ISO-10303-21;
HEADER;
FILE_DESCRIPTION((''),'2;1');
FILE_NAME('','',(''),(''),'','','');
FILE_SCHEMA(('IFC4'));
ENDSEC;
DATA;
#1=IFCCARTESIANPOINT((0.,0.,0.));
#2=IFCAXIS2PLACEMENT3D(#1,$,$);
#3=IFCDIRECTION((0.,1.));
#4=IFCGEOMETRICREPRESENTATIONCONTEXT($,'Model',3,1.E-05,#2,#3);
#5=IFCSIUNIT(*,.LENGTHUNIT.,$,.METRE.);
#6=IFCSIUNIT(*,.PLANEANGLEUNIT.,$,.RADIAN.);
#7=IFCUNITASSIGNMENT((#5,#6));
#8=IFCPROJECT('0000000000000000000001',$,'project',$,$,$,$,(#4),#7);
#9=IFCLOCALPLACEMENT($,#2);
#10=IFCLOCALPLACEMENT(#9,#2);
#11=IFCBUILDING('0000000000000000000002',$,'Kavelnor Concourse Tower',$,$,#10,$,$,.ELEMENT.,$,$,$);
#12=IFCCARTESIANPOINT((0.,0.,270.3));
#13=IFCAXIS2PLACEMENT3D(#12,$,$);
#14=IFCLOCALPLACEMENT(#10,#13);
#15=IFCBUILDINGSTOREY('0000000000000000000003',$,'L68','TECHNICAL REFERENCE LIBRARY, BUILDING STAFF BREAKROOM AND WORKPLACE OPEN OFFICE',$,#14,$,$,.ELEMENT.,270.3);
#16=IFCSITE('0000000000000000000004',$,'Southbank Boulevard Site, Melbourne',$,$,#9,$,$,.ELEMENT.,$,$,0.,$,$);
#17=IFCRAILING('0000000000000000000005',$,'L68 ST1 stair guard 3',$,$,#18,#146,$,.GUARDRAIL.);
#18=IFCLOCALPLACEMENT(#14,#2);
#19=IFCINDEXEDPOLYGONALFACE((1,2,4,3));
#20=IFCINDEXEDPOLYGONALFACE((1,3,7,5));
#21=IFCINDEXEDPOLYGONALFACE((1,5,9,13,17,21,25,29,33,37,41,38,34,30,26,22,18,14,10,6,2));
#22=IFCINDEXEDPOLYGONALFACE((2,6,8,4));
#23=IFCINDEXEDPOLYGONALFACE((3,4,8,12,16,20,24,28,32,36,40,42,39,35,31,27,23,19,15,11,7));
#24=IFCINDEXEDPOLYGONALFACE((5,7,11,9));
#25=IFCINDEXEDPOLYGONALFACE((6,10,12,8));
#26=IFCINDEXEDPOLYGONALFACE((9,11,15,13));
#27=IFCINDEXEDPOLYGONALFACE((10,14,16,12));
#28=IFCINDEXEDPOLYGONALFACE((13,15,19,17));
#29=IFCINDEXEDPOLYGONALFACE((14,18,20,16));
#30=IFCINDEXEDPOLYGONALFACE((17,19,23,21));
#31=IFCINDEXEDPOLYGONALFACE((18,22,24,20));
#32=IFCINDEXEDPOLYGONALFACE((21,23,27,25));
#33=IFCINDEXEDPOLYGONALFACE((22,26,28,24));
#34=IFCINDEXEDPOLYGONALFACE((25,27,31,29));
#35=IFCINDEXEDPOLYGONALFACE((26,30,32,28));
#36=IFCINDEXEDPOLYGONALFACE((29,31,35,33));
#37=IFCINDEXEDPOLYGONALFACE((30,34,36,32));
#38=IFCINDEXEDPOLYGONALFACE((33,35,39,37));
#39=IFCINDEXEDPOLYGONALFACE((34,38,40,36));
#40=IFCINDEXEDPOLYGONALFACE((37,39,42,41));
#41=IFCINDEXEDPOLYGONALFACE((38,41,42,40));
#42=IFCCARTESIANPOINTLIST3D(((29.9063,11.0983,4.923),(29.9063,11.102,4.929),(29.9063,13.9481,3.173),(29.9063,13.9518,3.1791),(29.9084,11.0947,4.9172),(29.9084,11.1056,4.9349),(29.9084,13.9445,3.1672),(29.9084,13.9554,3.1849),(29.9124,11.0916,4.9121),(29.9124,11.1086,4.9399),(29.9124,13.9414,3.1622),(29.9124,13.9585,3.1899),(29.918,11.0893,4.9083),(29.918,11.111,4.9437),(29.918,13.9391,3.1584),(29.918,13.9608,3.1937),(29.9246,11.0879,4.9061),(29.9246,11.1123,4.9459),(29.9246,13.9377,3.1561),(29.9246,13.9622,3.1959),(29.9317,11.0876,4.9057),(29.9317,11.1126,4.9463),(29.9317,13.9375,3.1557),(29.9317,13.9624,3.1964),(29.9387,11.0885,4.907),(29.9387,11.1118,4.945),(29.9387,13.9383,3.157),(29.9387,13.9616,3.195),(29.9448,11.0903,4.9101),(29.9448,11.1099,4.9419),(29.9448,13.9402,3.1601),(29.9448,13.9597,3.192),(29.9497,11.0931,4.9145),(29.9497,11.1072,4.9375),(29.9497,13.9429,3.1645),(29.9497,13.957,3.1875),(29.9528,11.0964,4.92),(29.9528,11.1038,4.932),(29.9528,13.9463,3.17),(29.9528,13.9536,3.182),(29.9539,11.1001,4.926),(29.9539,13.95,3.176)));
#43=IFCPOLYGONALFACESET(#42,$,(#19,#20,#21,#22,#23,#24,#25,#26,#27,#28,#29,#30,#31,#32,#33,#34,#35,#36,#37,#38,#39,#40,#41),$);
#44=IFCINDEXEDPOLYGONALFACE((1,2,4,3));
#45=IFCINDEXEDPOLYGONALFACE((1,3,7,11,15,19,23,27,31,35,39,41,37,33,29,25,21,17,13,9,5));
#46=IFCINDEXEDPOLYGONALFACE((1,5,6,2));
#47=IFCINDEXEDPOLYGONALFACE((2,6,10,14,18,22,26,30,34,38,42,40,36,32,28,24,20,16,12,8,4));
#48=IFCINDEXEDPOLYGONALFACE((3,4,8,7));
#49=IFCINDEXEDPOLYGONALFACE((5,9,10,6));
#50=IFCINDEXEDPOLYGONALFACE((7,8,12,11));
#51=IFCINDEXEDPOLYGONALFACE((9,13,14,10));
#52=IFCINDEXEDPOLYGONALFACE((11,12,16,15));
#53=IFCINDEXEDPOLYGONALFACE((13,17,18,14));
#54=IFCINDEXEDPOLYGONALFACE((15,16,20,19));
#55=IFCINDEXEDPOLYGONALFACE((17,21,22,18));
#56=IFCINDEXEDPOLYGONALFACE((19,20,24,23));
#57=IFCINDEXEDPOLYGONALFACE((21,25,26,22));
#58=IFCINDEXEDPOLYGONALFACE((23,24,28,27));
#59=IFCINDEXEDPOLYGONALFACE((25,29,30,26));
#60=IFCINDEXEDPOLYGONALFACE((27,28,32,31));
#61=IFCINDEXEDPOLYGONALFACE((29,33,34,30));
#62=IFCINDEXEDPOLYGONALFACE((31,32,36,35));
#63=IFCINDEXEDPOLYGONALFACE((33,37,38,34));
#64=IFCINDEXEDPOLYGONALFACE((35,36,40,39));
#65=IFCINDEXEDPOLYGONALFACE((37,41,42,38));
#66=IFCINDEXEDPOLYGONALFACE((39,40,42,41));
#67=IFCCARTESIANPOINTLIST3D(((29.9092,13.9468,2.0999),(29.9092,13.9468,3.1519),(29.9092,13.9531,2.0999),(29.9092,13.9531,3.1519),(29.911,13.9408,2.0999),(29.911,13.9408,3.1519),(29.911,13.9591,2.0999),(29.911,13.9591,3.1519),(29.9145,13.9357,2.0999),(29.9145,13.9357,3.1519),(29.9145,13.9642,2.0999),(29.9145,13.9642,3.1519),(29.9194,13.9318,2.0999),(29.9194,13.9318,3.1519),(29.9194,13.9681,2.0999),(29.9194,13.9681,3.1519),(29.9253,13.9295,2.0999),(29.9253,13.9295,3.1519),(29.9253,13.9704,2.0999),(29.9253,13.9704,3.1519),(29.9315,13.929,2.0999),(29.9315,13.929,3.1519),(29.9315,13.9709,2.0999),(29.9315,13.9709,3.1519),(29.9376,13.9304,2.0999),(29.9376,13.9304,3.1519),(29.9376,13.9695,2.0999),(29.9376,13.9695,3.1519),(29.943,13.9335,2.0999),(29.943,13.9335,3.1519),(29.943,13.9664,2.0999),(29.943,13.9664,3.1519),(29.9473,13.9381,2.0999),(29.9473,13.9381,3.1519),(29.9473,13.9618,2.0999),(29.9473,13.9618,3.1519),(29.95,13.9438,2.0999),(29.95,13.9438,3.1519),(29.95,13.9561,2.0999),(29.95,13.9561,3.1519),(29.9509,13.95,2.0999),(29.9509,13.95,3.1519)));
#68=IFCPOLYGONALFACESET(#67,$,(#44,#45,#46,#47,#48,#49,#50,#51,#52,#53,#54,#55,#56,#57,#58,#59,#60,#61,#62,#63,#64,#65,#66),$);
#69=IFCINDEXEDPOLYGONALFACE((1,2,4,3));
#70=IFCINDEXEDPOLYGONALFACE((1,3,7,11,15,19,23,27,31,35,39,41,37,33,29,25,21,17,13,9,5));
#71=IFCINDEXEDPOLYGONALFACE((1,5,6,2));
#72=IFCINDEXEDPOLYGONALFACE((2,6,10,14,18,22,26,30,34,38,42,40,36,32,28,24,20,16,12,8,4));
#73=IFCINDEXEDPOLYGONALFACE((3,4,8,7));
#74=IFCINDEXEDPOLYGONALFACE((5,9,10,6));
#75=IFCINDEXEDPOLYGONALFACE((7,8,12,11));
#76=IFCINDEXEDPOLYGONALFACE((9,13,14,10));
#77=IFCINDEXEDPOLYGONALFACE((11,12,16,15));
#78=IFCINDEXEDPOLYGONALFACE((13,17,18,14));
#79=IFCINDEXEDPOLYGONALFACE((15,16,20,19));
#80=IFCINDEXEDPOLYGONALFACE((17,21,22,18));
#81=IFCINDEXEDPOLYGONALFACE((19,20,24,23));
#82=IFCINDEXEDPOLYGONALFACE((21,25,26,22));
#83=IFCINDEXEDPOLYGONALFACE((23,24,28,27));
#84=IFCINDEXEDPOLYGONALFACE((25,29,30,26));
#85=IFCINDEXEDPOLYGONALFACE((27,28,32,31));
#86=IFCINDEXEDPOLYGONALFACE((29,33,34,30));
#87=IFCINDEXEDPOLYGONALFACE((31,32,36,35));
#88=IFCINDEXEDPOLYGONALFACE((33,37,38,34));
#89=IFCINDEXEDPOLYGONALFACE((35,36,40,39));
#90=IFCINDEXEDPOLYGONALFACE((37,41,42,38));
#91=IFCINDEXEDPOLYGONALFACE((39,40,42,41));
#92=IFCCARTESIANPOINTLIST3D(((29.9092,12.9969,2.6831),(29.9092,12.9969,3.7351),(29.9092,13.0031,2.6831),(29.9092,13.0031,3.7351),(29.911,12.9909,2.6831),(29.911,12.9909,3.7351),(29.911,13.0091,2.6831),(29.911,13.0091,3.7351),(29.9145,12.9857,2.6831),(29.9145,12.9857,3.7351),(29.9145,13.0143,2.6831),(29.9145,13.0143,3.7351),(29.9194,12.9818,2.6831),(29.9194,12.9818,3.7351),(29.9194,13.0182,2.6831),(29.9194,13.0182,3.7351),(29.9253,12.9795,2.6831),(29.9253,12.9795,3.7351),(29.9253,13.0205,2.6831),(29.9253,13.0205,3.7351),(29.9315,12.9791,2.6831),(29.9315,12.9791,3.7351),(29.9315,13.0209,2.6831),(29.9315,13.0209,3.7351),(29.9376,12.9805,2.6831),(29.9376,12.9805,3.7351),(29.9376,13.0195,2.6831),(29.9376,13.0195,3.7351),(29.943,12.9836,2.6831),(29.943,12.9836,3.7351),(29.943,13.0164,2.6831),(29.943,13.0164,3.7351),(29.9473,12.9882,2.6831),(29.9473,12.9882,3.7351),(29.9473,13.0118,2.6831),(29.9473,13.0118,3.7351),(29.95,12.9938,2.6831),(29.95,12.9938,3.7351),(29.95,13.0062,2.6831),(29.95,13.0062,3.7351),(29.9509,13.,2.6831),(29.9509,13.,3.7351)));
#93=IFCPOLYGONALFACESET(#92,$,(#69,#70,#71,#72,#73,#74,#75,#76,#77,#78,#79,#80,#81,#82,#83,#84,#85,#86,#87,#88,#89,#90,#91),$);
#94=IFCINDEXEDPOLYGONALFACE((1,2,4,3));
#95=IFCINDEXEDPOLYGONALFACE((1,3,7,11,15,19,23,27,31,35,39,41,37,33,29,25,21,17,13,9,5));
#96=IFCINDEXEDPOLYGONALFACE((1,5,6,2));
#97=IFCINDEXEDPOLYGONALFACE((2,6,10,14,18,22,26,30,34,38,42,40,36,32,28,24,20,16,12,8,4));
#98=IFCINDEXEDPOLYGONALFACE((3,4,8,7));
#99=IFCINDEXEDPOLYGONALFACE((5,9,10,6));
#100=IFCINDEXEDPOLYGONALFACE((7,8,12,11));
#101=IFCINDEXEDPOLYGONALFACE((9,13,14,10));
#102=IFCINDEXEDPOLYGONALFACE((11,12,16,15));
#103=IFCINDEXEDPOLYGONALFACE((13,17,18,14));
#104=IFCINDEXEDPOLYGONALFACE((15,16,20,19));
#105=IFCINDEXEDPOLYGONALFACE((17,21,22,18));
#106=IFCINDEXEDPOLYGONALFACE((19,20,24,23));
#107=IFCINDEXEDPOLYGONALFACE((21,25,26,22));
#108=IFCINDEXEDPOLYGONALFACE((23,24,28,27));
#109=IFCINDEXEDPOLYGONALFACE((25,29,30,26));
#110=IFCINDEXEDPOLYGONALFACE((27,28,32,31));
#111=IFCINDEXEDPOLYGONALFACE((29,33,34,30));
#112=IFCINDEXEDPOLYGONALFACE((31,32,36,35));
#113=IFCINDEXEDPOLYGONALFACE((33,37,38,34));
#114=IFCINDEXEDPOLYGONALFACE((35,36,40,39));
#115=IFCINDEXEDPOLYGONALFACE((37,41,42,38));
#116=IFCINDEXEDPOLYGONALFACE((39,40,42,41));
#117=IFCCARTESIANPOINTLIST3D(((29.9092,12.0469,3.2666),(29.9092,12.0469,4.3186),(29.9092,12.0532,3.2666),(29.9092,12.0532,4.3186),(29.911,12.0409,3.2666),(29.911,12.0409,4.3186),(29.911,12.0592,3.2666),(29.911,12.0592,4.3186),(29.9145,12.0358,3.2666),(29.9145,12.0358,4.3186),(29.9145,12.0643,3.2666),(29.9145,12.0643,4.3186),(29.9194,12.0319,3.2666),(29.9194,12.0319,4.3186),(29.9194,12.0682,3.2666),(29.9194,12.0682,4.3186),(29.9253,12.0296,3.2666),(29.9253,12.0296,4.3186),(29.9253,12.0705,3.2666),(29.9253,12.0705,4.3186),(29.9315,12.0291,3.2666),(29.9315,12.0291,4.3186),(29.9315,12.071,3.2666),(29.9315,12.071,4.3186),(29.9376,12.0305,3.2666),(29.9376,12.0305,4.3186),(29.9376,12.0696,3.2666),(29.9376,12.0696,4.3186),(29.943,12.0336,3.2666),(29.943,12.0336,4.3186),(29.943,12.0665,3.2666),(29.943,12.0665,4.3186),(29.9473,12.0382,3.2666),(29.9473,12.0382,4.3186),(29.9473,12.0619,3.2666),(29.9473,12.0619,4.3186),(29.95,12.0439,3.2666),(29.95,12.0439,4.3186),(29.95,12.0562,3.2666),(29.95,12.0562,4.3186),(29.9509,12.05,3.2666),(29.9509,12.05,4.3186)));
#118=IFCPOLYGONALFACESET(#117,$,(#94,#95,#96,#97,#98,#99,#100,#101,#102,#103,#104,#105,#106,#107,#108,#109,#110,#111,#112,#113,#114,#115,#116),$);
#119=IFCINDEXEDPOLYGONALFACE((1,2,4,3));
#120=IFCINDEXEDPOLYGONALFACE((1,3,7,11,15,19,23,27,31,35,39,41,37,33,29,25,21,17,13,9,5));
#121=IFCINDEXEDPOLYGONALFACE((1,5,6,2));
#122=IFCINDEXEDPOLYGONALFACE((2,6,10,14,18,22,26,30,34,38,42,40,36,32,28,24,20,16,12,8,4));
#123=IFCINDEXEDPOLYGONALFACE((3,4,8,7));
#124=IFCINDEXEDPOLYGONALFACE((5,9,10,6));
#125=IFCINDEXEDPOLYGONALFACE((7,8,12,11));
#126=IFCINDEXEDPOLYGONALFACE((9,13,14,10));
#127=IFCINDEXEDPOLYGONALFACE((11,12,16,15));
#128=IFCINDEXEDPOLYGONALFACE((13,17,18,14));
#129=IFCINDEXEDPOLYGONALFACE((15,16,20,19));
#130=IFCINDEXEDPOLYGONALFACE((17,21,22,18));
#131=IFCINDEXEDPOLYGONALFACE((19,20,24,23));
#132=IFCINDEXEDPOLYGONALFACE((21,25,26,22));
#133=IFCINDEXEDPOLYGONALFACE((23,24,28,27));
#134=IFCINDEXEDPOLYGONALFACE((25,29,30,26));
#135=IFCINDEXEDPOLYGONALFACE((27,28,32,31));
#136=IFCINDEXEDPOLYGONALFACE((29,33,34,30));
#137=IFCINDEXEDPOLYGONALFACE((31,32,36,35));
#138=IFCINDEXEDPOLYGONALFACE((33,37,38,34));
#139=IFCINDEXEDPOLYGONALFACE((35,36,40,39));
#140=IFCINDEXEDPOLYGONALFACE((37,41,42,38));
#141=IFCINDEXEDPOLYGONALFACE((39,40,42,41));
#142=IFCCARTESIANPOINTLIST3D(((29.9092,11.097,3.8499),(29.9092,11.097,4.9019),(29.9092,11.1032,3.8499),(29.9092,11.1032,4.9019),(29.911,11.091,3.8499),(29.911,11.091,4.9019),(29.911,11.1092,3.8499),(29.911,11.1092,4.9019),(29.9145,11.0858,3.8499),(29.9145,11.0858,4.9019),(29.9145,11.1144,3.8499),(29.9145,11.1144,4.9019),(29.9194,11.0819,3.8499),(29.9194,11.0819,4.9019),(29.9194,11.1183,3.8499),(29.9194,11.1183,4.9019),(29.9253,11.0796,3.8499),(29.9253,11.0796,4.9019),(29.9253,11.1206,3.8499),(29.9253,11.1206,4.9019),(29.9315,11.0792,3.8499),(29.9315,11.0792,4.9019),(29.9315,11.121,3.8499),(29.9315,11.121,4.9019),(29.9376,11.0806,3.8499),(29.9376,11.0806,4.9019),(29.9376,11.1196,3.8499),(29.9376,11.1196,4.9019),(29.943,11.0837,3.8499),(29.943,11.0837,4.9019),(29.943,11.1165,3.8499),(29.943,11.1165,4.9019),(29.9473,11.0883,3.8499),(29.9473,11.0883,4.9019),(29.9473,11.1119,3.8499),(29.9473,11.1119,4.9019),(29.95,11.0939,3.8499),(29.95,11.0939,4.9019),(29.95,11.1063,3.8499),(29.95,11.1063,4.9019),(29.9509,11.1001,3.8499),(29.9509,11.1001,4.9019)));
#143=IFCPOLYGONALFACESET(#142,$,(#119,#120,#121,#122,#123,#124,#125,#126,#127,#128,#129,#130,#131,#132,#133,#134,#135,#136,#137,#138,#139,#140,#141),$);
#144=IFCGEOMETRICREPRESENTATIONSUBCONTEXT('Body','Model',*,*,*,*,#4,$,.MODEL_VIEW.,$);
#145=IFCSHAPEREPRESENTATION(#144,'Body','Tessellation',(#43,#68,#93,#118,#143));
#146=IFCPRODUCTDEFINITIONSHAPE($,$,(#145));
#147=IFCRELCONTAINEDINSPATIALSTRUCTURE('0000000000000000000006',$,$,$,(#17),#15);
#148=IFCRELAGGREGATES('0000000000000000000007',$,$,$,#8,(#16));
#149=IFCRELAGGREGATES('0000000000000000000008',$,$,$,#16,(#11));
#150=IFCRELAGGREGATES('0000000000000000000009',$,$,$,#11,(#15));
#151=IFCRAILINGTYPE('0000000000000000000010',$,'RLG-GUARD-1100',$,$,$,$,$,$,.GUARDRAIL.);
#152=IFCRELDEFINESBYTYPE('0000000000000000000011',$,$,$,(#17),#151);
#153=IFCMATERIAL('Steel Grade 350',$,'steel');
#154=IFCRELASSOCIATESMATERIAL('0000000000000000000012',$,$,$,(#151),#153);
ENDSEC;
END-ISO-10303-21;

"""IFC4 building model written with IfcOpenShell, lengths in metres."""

from ifc_helpers import new_model, si_unit, direction, frame, origin, origin_2d, place, context, subcontext, project, spatial, circle, extrude, material, type_object, element, save


model = new_model("IFC4")

# Units and contexts
model_context = context("Model", 3, precision=1e-05, world=origin(), true_north=direction((0.0, 1.0)))
body_context = subcontext(model_context, "Body", "Model", "MODEL_VIEW")
ifc_project = project(units=[si_unit("LENGTHUNIT", "METRE"), si_unit("PLANEANGLEUNIT", "RADIAN")], contexts=[model_context])

# Site, building, storey
site_placement = place(None, origin())
site = spatial("IfcSite", under=ifc_project, at=site_placement, Name="Southbank Boulevard Site, Melbourne", CompositionType="ELEMENT", RefElevation=0.0)
building_placement = place(site_placement, origin())
building = spatial("IfcBuilding", under=site, at=building_placement, Name="Kavelnor Concourse Tower", CompositionType="ELEMENT")
storey_placement = place(building_placement, frame((0.0, 0.0, 270.3)))
storey = spatial("IfcBuildingStorey", under=building, at=storey_placement, Name="L68", Description="TECHNICAL REFERENCE LIBRARY, BUILDING STAFF BREAKROOM AND WORKPLACE OPEN OFFICE", CompositionType="ELEMENT", Elevation=270.3)

# Shared definitions
ifc_material_1 = material(Name="Steel Grade 350", Category="steel")

# Railing
railing_type_1 = type_object("IfcRailingType", Name="RLG-GUARD-1100", PredefinedType="GUARDRAIL", material=ifc_material_1)
railing_1_placement = place(storey_placement, frame((29.9299, 13.95, 2.0999)))
element("IfcRailing", 1, at=railing_1_placement, inside=storey, type_object=railing_type_1, Name="L68 ST1 stair guard 3", PredefinedType="GUARDRAIL", context=body_context, shape_type="SweptSolid", body=[
    extrude(circle(Radius=0.0239, at=origin_2d()), frame((0.0, 0.0, 1.0762), z_axis=(0.0, -0.852159, 0.523283), x_axis=(1.0, 0.0, 0.0)), (0.0, 0.0, 1.0), 3.3442),
    extrude(circle(Radius=0.021, at=origin_2d()), origin(), (0.0, 0.0, 1.0), 1.052),
    extrude(circle(Radius=0.021, at=origin_2d()), frame((0.0, -0.95, 0.5833)), (0.0, 0.0, 1.0), 1.052),
    extrude(circle(Radius=0.021, at=origin_2d()), frame((0.0, -1.8999, 1.1667)), (0.0, 0.0, 1.0), 1.052),
    extrude(circle(Radius=0.021, at=origin_2d()), frame((0.0, -2.8499, 1.75)), (0.0, 0.0, 1.0), 1.052),
])

save(model, "model.ifc")
